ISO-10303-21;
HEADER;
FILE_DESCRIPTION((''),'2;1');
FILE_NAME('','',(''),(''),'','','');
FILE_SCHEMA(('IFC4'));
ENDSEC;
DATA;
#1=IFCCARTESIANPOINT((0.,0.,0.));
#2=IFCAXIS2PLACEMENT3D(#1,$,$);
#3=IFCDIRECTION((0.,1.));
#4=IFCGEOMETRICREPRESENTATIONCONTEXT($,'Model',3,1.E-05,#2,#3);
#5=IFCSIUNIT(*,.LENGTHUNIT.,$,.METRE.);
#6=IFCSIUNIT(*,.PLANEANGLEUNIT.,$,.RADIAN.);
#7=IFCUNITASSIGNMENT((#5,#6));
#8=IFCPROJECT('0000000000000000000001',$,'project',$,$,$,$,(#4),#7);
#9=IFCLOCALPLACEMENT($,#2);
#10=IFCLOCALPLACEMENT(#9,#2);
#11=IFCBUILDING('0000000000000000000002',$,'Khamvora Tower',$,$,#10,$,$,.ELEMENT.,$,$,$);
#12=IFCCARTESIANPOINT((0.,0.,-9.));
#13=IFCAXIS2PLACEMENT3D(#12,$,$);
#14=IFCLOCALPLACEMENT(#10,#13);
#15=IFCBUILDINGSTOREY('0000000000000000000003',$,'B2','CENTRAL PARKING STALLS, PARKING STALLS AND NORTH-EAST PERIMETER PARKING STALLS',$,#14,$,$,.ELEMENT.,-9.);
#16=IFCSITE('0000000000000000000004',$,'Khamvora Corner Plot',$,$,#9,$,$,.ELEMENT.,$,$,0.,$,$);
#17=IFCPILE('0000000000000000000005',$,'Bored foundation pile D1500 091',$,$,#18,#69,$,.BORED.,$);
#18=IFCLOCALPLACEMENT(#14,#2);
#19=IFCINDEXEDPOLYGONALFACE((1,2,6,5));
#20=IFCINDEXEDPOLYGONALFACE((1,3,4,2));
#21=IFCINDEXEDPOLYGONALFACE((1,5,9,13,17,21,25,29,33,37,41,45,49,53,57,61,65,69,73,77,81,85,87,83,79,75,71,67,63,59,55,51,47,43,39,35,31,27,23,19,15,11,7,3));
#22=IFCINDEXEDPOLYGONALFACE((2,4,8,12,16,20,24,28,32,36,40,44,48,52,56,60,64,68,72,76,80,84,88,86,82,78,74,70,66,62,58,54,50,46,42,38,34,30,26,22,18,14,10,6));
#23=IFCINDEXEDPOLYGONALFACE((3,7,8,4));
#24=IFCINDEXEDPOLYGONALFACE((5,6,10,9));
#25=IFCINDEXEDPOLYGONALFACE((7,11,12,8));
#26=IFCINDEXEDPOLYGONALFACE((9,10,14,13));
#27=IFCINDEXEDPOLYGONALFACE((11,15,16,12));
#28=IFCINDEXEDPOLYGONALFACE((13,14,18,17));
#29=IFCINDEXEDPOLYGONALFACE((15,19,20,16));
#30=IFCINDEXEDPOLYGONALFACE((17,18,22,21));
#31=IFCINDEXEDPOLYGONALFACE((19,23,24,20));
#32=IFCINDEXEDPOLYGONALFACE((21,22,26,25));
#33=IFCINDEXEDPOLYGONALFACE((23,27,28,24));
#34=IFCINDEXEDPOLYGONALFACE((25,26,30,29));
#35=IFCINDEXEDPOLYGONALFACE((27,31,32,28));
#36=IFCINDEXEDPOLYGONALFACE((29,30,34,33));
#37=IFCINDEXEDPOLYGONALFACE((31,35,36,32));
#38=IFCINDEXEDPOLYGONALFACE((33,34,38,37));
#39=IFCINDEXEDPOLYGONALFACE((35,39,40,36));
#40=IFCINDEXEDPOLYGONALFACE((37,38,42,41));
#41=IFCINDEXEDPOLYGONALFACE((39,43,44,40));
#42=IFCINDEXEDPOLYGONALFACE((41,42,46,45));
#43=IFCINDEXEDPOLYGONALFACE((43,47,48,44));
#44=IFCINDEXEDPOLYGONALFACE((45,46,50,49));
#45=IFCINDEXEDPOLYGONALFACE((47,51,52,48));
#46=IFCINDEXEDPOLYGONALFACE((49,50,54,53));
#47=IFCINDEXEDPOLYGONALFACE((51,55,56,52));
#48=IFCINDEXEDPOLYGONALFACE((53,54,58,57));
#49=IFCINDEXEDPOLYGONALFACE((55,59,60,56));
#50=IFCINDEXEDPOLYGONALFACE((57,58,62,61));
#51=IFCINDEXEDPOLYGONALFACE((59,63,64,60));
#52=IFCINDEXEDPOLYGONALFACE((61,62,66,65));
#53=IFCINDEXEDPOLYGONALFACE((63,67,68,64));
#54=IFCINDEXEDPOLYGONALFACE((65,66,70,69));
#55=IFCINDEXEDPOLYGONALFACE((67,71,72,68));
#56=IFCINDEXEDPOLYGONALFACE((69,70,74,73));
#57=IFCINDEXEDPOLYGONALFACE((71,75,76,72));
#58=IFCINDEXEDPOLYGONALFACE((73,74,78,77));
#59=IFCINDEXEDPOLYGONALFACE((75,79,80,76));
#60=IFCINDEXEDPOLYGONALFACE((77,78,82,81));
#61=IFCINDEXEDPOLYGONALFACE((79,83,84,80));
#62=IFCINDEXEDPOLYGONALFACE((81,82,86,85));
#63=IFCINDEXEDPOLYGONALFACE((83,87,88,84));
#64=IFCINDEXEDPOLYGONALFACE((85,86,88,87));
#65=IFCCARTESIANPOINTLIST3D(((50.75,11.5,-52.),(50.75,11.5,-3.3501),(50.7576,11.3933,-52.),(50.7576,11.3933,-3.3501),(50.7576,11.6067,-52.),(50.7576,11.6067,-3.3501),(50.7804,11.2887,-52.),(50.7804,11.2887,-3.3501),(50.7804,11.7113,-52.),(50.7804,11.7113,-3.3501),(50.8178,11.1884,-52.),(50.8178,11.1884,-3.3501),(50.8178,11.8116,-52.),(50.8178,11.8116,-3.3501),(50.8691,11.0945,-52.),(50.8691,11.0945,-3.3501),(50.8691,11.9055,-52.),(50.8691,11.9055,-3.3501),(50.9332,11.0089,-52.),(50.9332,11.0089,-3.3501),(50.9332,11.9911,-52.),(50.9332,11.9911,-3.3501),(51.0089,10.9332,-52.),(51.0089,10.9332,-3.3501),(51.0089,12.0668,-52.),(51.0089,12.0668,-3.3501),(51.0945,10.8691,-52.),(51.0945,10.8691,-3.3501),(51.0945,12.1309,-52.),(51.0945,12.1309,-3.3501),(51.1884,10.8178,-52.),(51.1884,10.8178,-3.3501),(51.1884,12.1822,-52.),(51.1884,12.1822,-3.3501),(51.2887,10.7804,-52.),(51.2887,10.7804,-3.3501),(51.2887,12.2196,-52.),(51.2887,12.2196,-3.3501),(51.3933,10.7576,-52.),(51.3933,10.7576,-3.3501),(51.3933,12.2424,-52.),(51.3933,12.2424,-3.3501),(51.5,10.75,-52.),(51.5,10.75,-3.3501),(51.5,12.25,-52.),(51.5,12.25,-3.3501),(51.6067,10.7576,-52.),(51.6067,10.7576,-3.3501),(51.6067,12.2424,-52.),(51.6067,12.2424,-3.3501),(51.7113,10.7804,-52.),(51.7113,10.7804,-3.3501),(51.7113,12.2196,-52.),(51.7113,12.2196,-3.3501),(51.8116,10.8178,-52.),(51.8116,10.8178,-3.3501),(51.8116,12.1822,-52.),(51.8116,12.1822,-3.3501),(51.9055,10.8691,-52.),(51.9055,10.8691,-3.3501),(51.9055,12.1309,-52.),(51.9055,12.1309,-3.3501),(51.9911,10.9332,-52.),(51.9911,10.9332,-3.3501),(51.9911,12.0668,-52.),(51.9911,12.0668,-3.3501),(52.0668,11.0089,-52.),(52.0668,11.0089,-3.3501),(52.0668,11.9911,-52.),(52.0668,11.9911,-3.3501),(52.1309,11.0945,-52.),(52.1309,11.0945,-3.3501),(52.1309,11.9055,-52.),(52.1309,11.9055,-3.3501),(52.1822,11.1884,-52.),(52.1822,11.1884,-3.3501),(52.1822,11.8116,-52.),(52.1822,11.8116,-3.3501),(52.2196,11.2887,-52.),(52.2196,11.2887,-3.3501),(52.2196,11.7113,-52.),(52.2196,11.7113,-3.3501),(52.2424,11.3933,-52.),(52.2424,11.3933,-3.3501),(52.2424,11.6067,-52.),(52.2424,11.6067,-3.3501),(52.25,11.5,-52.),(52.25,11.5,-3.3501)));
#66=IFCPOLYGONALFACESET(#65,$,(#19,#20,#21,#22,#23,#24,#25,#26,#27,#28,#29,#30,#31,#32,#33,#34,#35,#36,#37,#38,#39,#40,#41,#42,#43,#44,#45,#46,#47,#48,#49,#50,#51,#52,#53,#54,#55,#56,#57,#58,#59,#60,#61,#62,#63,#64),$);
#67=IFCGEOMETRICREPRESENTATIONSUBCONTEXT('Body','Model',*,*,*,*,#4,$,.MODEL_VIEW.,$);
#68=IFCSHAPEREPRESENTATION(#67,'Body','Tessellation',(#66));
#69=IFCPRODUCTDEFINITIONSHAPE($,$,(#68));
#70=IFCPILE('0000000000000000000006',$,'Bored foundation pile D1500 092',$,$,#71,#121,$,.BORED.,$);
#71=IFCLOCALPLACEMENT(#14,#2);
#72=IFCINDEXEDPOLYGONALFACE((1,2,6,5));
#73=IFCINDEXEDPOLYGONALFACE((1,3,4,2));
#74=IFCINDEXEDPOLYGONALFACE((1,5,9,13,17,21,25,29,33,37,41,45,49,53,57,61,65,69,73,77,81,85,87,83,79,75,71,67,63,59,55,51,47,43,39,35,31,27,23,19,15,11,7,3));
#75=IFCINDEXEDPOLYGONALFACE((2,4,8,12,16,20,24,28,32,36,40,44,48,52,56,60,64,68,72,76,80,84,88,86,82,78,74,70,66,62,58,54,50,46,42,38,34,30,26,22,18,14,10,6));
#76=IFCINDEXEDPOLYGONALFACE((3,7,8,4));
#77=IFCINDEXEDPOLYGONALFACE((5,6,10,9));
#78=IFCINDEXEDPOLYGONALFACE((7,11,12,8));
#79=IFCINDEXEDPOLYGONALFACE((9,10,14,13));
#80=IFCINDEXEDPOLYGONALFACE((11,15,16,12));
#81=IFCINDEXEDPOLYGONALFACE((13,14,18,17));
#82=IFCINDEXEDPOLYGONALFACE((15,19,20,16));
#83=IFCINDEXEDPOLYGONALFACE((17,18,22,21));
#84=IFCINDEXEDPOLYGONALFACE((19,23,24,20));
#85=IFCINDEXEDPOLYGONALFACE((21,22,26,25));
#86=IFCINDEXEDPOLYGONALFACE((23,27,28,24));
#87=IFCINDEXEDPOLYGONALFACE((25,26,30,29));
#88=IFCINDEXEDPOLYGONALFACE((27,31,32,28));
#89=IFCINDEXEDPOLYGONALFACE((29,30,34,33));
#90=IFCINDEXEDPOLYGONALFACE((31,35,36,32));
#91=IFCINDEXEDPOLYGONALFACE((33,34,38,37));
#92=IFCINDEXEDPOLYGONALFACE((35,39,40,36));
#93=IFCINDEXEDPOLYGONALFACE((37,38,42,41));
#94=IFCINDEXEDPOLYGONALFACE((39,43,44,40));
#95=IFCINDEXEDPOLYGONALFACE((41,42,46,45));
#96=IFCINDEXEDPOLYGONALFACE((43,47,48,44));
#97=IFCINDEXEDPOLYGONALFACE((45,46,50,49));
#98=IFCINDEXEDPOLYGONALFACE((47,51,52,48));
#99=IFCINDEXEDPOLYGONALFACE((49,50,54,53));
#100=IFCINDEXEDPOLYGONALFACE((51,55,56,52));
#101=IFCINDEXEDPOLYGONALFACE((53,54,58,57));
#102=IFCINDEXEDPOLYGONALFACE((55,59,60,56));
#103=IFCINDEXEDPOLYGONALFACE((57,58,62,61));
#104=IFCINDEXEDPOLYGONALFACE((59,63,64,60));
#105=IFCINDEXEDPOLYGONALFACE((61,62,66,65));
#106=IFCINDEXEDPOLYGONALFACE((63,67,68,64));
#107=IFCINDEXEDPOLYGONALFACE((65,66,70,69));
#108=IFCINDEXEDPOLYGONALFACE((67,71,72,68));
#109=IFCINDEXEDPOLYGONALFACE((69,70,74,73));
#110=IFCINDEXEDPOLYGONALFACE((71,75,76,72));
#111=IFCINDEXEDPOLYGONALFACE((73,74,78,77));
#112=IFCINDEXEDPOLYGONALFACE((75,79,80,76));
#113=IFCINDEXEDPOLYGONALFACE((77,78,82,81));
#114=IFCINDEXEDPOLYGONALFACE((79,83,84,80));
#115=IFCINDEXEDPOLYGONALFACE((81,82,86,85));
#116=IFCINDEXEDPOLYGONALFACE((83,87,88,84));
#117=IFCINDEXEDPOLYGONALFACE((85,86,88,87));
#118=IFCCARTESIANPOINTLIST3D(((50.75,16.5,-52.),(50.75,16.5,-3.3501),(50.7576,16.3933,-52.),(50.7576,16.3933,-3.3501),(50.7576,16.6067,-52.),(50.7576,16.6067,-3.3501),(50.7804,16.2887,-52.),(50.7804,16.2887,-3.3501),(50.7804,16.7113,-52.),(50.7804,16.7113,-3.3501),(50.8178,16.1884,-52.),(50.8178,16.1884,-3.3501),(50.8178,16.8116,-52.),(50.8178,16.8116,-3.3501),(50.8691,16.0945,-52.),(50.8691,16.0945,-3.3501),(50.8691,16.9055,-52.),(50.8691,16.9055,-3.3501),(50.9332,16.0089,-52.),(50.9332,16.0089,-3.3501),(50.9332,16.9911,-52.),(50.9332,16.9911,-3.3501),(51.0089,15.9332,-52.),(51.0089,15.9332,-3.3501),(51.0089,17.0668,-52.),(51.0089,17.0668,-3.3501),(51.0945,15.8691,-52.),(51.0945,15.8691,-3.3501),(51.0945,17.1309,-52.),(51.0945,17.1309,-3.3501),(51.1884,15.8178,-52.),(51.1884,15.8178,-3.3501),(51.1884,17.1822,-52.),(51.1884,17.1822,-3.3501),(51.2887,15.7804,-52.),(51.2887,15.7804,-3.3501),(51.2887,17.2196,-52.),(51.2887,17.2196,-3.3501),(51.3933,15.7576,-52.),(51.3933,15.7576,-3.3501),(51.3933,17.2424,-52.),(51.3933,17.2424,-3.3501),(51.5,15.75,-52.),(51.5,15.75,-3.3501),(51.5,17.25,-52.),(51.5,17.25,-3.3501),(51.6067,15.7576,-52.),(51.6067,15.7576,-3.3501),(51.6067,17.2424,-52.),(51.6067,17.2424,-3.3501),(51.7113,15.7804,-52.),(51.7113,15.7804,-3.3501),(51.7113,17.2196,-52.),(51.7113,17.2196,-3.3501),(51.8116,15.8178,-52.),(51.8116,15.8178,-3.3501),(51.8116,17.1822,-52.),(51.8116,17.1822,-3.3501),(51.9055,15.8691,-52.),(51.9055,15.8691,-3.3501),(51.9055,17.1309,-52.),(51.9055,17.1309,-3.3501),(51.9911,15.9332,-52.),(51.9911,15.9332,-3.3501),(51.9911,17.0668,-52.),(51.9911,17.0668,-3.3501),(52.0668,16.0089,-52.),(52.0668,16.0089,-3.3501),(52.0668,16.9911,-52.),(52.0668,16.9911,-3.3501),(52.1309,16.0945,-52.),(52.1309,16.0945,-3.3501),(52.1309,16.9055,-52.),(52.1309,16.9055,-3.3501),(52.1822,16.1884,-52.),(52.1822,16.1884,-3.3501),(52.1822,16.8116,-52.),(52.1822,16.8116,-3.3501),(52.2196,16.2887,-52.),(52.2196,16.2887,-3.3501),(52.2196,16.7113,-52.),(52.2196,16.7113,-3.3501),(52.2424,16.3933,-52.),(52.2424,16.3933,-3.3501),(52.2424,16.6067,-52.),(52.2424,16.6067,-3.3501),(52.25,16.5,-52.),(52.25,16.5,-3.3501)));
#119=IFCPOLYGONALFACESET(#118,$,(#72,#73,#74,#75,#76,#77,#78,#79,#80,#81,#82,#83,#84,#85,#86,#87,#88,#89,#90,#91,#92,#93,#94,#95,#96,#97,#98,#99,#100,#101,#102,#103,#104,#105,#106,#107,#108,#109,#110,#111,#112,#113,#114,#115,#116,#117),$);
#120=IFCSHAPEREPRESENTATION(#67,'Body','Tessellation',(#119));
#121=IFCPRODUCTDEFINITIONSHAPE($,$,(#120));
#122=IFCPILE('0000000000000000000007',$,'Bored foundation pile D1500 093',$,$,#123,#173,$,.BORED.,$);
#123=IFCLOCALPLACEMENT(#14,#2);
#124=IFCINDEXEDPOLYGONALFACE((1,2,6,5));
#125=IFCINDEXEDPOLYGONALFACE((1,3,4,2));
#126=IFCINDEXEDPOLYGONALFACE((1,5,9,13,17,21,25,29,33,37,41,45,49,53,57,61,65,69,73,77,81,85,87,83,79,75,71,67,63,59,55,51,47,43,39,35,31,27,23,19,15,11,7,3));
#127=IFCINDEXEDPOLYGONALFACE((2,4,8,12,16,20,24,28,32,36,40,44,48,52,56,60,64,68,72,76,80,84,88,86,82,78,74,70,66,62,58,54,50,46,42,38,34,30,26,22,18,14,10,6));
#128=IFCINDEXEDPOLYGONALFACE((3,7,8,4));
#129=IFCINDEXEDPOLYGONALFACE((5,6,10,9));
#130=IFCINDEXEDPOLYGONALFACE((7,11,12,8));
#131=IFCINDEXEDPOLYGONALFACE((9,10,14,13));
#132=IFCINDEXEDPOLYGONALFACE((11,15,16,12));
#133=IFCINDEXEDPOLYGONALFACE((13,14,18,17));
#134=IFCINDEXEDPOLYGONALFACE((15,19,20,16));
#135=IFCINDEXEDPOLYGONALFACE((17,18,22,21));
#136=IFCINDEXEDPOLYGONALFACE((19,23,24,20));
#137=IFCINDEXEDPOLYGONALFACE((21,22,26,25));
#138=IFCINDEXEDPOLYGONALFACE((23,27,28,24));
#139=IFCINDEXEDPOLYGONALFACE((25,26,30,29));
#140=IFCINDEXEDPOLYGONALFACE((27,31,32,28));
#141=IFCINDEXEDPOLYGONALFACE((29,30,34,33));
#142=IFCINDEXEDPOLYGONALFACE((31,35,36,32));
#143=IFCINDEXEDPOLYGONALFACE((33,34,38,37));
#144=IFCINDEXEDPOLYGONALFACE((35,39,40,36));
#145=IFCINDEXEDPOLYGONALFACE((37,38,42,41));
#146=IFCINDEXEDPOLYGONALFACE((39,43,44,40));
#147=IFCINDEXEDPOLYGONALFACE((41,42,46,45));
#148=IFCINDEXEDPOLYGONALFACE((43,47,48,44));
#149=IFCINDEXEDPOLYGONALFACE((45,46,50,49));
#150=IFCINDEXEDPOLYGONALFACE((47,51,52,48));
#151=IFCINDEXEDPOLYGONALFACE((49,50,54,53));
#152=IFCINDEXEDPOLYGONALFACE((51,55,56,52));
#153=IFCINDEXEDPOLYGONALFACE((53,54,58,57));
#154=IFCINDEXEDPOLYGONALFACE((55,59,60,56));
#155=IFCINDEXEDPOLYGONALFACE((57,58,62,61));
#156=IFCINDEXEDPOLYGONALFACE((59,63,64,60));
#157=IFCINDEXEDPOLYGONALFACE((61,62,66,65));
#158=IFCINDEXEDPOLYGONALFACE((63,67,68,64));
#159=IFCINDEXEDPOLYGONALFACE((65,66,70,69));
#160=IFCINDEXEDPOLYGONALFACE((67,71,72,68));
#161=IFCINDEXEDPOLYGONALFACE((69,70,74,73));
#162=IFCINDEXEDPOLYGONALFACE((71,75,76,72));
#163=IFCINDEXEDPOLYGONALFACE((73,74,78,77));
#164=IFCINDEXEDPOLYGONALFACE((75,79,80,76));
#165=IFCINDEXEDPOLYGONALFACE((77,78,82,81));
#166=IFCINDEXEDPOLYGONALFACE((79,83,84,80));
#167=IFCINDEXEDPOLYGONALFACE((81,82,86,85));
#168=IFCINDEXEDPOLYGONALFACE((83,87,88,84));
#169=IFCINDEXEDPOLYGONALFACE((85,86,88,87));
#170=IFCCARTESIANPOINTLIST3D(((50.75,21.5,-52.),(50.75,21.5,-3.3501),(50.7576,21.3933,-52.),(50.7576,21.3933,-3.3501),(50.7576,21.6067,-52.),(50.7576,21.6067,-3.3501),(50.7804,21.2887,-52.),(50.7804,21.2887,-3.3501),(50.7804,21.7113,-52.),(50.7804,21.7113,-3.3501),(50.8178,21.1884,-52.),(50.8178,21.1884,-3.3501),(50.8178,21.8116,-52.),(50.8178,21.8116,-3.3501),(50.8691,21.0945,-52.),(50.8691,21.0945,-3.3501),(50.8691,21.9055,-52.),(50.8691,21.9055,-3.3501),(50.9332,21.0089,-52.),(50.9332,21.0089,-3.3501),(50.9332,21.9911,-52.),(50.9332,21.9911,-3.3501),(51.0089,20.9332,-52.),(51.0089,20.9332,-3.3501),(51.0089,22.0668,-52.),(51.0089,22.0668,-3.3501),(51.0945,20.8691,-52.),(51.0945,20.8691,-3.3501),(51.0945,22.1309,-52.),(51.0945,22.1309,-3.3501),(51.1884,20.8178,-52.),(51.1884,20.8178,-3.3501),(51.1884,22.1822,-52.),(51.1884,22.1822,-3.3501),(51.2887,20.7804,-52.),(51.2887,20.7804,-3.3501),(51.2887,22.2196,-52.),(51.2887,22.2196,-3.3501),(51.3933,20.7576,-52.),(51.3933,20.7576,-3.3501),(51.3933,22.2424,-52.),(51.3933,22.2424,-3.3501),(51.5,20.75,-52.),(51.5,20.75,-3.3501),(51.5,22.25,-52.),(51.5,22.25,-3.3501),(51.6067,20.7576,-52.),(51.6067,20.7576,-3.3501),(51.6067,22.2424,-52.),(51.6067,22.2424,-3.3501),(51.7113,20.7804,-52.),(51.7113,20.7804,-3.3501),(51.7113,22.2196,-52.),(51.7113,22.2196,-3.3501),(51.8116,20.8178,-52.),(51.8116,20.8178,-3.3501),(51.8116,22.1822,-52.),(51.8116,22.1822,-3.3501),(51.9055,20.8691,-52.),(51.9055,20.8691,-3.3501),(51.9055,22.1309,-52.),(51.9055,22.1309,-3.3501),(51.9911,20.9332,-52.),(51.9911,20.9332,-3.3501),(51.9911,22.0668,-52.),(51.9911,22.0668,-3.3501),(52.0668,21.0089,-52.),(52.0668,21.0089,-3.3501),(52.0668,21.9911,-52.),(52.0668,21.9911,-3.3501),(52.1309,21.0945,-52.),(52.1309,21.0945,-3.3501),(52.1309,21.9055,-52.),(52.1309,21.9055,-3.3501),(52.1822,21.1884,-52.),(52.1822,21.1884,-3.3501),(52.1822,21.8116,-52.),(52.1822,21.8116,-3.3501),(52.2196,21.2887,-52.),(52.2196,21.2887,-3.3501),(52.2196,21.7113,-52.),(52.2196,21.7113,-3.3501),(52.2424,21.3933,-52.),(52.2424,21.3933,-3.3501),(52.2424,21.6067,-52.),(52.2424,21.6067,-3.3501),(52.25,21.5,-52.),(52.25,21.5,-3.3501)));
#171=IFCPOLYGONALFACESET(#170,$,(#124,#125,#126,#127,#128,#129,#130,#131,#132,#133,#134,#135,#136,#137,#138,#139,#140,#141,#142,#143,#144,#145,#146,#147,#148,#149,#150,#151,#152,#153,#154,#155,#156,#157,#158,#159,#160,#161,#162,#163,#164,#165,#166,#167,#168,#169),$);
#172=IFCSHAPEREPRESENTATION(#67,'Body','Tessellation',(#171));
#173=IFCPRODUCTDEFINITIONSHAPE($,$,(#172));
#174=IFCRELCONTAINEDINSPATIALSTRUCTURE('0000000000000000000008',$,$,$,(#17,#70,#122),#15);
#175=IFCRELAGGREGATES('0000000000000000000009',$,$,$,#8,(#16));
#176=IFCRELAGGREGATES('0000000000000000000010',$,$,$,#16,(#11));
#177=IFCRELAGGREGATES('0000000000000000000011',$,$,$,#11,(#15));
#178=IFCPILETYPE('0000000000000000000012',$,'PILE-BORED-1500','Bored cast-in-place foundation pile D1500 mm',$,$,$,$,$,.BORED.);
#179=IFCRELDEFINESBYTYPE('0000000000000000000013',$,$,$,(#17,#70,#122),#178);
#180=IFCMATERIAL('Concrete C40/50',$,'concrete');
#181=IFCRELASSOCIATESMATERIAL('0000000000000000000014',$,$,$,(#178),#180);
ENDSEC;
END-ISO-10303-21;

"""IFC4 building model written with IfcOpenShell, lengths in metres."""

from ifc_helpers import new_model, si_unit, direction, frame, origin, origin_2d, place, context, subcontext, project, spatial, circle, extrude, material, material_profile, profile_set, type_object, element, save


model = new_model("IFC4")

# Units and contexts
model_context = context("Model", 3, precision=1e-05, world=origin(), true_north=direction((0.0, 1.0)))
body_context = subcontext(model_context, "Body", "Model", "MODEL_VIEW")
ifc_project = project(units=[si_unit("LENGTHUNIT", "METRE"), si_unit("PLANEANGLEUNIT", "RADIAN")], contexts=[model_context])

# Site, building, storey
site_placement = place(None, origin())
site = spatial("IfcSite", under=ifc_project, at=site_placement, Name="Khamvora Corner Plot", CompositionType="ELEMENT", RefElevation=0.0)
building_placement = place(site_placement, origin())
building = spatial("IfcBuilding", under=site, at=building_placement, Name="Khamvora Tower", CompositionType="ELEMENT")
storey_placement = place(building_placement, frame((0.0, 0.0, -9.0)))
storey = spatial("IfcBuildingStorey", under=building, at=storey_placement, Name="B2", Description="CENTRAL PARKING STALLS, PARKING STALLS AND NORTH-EAST PERIMETER PARKING STALLS", CompositionType="ELEMENT", Elevation=-9.0)

# Piles
ifc_material_1 = material(Name="Concrete C40/50", Category="concrete")
ifc_material_profile_1 = material_profile(ifc_material_1, circle(Radius=0.75, at=origin_2d()), Name="PILE_D1500")
ifc_profile_set_1 = profile_set([ifc_material_profile_1], Name="Concrete C40/50")
pile_type_1 = type_object("IfcPileType", Name="PILE-BORED-1500", Description="Bored cast-in-place foundation pile D1500 mm", PredefinedType="BORED", material=ifc_profile_set_1)
for number, where, z_axis, x_axis, name in (
    (1, (51.5, 11.5, -3.3501), (0.0, 0.0, -1.0), (1.0, 0.0, 0.0), "Bored foundation pile D1500 091"),
    (2, (51.5, 16.5, -3.3501), (0.0, 0.0, -1.0), (1.0, 0.0, 0.0), "Bored foundation pile D1500 092"),
    (3, (51.5, 21.5, -3.3501), (0.0, 0.0, -1.0), (1.0, 0.0, 0.0), "Bored foundation pile D1500 093"),
):
    element("IfcPile", number, at=place(storey_placement, frame(where, z_axis=z_axis, x_axis=x_axis)), inside=storey, type_object=pile_type_1, Name=name, PredefinedType="BORED", context=body_context, shape_type="SweptSolid", body=[
        extrude(circle(Radius=0.75, at=origin_2d()), origin(), (0.0, 0.0, 1.0), 48.6499),
    ])

save(model, "model.ifc")
